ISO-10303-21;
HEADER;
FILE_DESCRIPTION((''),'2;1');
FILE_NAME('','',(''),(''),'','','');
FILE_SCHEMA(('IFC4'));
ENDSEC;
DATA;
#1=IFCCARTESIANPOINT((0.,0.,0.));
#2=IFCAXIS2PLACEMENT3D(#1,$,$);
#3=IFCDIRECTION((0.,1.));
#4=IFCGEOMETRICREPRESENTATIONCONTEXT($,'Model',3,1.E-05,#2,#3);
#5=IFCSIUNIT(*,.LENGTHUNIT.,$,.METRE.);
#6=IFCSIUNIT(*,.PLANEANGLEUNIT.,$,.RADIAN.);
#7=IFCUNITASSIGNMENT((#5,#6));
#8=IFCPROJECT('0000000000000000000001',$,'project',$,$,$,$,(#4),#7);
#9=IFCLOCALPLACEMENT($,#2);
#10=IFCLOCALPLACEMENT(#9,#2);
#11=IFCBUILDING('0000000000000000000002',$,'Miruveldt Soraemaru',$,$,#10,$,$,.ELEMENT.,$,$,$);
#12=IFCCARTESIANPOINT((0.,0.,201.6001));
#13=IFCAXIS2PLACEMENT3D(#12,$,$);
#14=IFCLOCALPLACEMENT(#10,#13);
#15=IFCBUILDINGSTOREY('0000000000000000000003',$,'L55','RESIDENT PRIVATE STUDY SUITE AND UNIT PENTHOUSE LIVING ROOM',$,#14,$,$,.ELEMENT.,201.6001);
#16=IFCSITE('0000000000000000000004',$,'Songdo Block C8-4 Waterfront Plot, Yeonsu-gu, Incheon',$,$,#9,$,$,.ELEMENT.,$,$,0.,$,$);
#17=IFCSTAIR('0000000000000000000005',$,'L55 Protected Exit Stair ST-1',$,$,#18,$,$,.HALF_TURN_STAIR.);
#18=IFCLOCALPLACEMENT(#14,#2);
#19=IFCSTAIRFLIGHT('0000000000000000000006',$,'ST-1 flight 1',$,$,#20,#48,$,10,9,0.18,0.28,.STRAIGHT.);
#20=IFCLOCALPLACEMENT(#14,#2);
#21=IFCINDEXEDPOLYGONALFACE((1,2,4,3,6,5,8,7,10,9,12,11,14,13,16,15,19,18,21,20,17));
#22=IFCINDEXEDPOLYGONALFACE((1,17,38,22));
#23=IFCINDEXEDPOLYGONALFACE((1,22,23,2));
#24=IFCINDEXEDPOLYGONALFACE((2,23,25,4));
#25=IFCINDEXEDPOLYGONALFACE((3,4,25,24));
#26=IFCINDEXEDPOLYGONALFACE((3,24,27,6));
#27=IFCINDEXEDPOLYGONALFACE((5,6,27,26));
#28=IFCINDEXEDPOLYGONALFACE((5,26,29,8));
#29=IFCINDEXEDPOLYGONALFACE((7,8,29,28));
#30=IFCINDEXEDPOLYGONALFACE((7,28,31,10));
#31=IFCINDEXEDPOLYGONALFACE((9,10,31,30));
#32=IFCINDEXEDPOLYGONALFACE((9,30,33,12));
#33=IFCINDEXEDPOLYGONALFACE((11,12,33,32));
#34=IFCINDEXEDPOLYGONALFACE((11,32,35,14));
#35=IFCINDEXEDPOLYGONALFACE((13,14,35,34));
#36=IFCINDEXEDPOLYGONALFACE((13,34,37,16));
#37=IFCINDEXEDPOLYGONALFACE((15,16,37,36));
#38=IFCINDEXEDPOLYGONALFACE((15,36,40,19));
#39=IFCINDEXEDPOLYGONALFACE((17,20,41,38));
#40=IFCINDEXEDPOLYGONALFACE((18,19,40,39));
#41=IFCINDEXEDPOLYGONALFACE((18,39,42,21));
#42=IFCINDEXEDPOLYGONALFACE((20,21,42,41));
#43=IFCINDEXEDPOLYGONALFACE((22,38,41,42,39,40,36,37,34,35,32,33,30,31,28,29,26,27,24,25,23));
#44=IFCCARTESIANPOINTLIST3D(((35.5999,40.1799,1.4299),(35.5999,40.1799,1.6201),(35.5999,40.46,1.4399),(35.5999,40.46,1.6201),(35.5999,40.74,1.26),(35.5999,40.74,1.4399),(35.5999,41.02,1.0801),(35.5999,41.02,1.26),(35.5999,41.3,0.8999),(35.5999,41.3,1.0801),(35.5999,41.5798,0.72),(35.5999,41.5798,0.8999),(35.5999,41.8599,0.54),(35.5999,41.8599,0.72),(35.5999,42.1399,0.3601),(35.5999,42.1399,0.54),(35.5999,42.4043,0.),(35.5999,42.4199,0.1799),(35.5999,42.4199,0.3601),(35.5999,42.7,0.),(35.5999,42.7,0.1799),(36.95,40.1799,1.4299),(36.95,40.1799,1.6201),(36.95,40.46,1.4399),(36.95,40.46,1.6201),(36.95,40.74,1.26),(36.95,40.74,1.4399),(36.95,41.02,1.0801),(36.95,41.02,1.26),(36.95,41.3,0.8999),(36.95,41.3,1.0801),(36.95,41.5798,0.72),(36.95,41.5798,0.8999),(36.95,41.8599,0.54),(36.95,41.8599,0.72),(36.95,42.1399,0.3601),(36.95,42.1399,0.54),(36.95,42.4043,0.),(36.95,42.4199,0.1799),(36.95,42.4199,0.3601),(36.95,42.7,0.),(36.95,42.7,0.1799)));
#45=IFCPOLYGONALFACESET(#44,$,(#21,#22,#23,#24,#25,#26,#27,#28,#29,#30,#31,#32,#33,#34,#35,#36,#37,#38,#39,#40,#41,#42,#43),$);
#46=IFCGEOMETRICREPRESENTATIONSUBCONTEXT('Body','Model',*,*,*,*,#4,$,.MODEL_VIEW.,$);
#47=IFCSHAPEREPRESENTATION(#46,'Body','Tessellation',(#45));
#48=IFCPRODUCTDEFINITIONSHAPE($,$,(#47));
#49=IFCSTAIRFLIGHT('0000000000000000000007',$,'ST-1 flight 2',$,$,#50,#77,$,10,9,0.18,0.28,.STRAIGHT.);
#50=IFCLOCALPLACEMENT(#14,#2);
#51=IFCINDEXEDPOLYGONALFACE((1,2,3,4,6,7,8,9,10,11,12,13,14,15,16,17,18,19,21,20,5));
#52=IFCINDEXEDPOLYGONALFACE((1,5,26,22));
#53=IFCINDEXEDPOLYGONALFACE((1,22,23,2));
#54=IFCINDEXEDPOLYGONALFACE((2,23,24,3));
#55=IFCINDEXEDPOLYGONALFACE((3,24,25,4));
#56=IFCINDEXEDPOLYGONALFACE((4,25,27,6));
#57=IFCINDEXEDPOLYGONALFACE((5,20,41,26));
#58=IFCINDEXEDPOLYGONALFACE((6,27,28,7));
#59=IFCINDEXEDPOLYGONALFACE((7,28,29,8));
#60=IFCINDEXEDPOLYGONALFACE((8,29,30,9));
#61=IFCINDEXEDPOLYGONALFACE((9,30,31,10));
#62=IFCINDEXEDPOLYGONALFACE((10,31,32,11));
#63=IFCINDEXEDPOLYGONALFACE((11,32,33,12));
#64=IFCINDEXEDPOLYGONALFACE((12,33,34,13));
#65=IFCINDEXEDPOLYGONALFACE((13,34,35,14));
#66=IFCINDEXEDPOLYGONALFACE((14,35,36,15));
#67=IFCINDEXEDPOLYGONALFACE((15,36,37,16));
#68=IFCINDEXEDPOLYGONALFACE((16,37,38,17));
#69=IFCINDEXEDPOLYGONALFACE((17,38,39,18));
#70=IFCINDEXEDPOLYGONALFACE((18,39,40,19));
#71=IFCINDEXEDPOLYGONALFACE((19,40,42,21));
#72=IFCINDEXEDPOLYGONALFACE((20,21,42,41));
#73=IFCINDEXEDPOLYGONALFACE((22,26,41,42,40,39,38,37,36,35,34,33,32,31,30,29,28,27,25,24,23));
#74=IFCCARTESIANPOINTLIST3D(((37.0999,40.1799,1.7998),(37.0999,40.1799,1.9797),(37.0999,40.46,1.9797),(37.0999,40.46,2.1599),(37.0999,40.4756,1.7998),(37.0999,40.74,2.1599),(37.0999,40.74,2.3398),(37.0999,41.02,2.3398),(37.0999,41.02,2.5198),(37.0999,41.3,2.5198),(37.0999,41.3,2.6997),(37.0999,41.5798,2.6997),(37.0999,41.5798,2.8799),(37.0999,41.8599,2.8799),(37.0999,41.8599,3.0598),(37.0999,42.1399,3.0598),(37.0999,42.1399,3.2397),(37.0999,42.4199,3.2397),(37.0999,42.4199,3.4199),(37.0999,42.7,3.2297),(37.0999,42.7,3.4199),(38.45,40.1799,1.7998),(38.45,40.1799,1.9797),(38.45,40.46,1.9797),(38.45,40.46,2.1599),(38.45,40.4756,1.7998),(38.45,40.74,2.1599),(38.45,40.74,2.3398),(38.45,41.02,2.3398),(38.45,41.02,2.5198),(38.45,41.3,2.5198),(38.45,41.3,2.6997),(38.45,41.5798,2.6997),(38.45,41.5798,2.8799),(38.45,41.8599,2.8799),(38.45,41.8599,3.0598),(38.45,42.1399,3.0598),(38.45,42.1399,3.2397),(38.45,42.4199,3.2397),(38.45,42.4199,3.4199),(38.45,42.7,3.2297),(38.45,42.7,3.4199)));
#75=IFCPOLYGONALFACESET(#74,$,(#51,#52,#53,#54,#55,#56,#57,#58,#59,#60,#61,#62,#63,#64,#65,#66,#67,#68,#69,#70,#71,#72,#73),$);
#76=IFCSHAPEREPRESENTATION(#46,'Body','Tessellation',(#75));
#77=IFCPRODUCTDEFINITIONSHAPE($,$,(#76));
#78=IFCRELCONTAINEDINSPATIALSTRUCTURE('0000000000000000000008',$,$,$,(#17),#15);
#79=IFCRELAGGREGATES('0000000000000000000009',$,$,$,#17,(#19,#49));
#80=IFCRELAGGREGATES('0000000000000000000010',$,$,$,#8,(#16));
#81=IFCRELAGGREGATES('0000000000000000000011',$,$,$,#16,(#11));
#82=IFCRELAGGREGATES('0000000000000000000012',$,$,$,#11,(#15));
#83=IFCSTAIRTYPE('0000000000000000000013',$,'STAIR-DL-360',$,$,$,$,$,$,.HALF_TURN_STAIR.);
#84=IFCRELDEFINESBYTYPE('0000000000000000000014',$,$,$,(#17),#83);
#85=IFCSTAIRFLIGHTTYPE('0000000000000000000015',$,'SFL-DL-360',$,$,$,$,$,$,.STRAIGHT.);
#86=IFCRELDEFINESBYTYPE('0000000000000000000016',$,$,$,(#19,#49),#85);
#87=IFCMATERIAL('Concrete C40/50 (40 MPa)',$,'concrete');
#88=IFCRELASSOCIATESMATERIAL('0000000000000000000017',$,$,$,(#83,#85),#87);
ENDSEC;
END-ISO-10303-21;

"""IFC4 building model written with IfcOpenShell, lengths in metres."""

from ifc_helpers import new_model, si_unit, direction, frame, origin, place, context, subcontext, project, spatial, polyline, outline, extrude, material, type_object, element, aggregate, save


model = new_model("IFC4")

# Units and contexts
model_context = context("Model", 3, precision=1e-05, world=origin(), true_north=direction((0.0, 1.0)))
body_context = subcontext(model_context, "Body", "Model", "MODEL_VIEW")
ifc_project = project(units=[si_unit("LENGTHUNIT", "METRE"), si_unit("PLANEANGLEUNIT", "RADIAN")], contexts=[model_context])

# Site, building, storey
site_placement = place(None, origin())
site = spatial("IfcSite", under=ifc_project, at=site_placement, Name="Songdo Block C8-4 Waterfront Plot, Yeonsu-gu, Incheon", CompositionType="ELEMENT", RefElevation=0.0)
building_placement = place(site_placement, origin())
building = spatial("IfcBuilding", under=site, at=building_placement, Name="Miruveldt Soraemaru", CompositionType="ELEMENT")
storey_placement = place(building_placement, frame((0.0, 0.0, 201.6001)))
storey = spatial("IfcBuildingStorey", under=building, at=storey_placement, Name="L55", Description="RESIDENT PRIVATE STUDY SUITE AND UNIT PENTHOUSE LIVING ROOM", CompositionType="ELEMENT", Elevation=201.6001)

# Shared definitions
ifc_material_1 = material(Name="Concrete C40/50 (40 MPa)", Category="concrete")

# Stair, stair flights
stair_type = type_object("IfcStairType", Name="STAIR-DL-360", PredefinedType="HALF_TURN_STAIR", material=ifc_material_1)
stair_placement = place(storey_placement, origin())
stair = element("IfcStair", 1, at=stair_placement, inside=storey, type_object=stair_type, Name="L55 Protected Exit Stair ST-1", PredefinedType="HALF_TURN_STAIR")
stair_flight_type = type_object("IfcStairFlightType", Name="SFL-DL-360", PredefinedType="STRAIGHT", material=ifc_material_1)
stair_flight_1_placement = place(storey_placement, frame((36.2749, 42.7, 0.0), z_axis=(0.0, 0.0, 1.0), x_axis=(0.0, -1.0, 0.0)))
stair_flight_1 = element("IfcStairFlight", 2, at=stair_flight_1_placement, type_object=stair_flight_type, Name="ST-1 flight 1", NumberOfRisers=10, NumberOfTreads=9, PredefinedType="STRAIGHT", RiserHeight=0.18, TreadLength=0.28, context=body_context, shape_type="SweptSolid", body=[
    extrude(outline(polyline([(0.0, 0.0), (0.0, 0.1799), (0.28, 0.1799), (0.28, 0.3601), (0.5601, 0.3601), (0.5601, 0.54), (0.8401, 0.54), (0.8401, 0.72), (1.1201, 0.72), (1.1201, 0.8999), (1.3999, 0.8999), (1.3999, 1.0801), (1.6799, 1.0801), (1.6799, 1.26), (1.96, 1.26), (1.96, 1.4399), (2.24, 1.4399), (2.24, 1.6201), (2.52, 1.6201), (2.52, 1.8), (2.52, 1.4299), (0.2957, 0.0), (0.0, 0.0)])), frame((0.0, 0.675, 0.0), z_axis=(0.0, -1.0, 0.0), x_axis=(1.0, 0.0, 0.0)), (0.0, 0.0, 1.0), 1.3501),
])
stair_flight_2_placement = place(storey_placement, frame((37.7749, 40.1799, 1.7998), z_axis=(0.0, 0.0, 1.0), x_axis=(0.0, 1.0, 0.0)))
stair_flight_2 = element("IfcStairFlight", 3, at=stair_flight_2_placement, type_object=stair_flight_type, Name="ST-1 flight 2", NumberOfRisers=10, NumberOfTreads=9, PredefinedType="STRAIGHT", RiserHeight=0.18, TreadLength=0.28, context=body_context, shape_type="SweptSolid", body=[
    extrude(outline(polyline([(0.0, 0.0), (0.0, 0.1799), (0.28, 0.1799), (0.28, 0.3601), (0.5601, 0.3601), (0.5601, 0.54), (0.8401, 0.54), (0.8401, 0.72), (1.1201, 0.72), (1.1201, 0.8999), (1.3999, 0.8999), (1.3999, 1.0801), (1.6799, 1.0801), (1.6799, 1.26), (1.96, 1.26), (1.96, 1.4399), (2.24, 1.4399), (2.24, 1.6201), (2.52, 1.6201), (2.52, 1.8), (2.52, 1.4299), (0.2957, 0.0), (0.0, 0.0)])), frame((0.0, 0.675, 0.0), z_axis=(0.0, -1.0, 0.0), x_axis=(1.0, 0.0, 0.0)), (0.0, 0.0, 1.0), 1.3501),
])
aggregate(stair, [stair_flight_1, stair_flight_2])

save(model, "model.ifc")
